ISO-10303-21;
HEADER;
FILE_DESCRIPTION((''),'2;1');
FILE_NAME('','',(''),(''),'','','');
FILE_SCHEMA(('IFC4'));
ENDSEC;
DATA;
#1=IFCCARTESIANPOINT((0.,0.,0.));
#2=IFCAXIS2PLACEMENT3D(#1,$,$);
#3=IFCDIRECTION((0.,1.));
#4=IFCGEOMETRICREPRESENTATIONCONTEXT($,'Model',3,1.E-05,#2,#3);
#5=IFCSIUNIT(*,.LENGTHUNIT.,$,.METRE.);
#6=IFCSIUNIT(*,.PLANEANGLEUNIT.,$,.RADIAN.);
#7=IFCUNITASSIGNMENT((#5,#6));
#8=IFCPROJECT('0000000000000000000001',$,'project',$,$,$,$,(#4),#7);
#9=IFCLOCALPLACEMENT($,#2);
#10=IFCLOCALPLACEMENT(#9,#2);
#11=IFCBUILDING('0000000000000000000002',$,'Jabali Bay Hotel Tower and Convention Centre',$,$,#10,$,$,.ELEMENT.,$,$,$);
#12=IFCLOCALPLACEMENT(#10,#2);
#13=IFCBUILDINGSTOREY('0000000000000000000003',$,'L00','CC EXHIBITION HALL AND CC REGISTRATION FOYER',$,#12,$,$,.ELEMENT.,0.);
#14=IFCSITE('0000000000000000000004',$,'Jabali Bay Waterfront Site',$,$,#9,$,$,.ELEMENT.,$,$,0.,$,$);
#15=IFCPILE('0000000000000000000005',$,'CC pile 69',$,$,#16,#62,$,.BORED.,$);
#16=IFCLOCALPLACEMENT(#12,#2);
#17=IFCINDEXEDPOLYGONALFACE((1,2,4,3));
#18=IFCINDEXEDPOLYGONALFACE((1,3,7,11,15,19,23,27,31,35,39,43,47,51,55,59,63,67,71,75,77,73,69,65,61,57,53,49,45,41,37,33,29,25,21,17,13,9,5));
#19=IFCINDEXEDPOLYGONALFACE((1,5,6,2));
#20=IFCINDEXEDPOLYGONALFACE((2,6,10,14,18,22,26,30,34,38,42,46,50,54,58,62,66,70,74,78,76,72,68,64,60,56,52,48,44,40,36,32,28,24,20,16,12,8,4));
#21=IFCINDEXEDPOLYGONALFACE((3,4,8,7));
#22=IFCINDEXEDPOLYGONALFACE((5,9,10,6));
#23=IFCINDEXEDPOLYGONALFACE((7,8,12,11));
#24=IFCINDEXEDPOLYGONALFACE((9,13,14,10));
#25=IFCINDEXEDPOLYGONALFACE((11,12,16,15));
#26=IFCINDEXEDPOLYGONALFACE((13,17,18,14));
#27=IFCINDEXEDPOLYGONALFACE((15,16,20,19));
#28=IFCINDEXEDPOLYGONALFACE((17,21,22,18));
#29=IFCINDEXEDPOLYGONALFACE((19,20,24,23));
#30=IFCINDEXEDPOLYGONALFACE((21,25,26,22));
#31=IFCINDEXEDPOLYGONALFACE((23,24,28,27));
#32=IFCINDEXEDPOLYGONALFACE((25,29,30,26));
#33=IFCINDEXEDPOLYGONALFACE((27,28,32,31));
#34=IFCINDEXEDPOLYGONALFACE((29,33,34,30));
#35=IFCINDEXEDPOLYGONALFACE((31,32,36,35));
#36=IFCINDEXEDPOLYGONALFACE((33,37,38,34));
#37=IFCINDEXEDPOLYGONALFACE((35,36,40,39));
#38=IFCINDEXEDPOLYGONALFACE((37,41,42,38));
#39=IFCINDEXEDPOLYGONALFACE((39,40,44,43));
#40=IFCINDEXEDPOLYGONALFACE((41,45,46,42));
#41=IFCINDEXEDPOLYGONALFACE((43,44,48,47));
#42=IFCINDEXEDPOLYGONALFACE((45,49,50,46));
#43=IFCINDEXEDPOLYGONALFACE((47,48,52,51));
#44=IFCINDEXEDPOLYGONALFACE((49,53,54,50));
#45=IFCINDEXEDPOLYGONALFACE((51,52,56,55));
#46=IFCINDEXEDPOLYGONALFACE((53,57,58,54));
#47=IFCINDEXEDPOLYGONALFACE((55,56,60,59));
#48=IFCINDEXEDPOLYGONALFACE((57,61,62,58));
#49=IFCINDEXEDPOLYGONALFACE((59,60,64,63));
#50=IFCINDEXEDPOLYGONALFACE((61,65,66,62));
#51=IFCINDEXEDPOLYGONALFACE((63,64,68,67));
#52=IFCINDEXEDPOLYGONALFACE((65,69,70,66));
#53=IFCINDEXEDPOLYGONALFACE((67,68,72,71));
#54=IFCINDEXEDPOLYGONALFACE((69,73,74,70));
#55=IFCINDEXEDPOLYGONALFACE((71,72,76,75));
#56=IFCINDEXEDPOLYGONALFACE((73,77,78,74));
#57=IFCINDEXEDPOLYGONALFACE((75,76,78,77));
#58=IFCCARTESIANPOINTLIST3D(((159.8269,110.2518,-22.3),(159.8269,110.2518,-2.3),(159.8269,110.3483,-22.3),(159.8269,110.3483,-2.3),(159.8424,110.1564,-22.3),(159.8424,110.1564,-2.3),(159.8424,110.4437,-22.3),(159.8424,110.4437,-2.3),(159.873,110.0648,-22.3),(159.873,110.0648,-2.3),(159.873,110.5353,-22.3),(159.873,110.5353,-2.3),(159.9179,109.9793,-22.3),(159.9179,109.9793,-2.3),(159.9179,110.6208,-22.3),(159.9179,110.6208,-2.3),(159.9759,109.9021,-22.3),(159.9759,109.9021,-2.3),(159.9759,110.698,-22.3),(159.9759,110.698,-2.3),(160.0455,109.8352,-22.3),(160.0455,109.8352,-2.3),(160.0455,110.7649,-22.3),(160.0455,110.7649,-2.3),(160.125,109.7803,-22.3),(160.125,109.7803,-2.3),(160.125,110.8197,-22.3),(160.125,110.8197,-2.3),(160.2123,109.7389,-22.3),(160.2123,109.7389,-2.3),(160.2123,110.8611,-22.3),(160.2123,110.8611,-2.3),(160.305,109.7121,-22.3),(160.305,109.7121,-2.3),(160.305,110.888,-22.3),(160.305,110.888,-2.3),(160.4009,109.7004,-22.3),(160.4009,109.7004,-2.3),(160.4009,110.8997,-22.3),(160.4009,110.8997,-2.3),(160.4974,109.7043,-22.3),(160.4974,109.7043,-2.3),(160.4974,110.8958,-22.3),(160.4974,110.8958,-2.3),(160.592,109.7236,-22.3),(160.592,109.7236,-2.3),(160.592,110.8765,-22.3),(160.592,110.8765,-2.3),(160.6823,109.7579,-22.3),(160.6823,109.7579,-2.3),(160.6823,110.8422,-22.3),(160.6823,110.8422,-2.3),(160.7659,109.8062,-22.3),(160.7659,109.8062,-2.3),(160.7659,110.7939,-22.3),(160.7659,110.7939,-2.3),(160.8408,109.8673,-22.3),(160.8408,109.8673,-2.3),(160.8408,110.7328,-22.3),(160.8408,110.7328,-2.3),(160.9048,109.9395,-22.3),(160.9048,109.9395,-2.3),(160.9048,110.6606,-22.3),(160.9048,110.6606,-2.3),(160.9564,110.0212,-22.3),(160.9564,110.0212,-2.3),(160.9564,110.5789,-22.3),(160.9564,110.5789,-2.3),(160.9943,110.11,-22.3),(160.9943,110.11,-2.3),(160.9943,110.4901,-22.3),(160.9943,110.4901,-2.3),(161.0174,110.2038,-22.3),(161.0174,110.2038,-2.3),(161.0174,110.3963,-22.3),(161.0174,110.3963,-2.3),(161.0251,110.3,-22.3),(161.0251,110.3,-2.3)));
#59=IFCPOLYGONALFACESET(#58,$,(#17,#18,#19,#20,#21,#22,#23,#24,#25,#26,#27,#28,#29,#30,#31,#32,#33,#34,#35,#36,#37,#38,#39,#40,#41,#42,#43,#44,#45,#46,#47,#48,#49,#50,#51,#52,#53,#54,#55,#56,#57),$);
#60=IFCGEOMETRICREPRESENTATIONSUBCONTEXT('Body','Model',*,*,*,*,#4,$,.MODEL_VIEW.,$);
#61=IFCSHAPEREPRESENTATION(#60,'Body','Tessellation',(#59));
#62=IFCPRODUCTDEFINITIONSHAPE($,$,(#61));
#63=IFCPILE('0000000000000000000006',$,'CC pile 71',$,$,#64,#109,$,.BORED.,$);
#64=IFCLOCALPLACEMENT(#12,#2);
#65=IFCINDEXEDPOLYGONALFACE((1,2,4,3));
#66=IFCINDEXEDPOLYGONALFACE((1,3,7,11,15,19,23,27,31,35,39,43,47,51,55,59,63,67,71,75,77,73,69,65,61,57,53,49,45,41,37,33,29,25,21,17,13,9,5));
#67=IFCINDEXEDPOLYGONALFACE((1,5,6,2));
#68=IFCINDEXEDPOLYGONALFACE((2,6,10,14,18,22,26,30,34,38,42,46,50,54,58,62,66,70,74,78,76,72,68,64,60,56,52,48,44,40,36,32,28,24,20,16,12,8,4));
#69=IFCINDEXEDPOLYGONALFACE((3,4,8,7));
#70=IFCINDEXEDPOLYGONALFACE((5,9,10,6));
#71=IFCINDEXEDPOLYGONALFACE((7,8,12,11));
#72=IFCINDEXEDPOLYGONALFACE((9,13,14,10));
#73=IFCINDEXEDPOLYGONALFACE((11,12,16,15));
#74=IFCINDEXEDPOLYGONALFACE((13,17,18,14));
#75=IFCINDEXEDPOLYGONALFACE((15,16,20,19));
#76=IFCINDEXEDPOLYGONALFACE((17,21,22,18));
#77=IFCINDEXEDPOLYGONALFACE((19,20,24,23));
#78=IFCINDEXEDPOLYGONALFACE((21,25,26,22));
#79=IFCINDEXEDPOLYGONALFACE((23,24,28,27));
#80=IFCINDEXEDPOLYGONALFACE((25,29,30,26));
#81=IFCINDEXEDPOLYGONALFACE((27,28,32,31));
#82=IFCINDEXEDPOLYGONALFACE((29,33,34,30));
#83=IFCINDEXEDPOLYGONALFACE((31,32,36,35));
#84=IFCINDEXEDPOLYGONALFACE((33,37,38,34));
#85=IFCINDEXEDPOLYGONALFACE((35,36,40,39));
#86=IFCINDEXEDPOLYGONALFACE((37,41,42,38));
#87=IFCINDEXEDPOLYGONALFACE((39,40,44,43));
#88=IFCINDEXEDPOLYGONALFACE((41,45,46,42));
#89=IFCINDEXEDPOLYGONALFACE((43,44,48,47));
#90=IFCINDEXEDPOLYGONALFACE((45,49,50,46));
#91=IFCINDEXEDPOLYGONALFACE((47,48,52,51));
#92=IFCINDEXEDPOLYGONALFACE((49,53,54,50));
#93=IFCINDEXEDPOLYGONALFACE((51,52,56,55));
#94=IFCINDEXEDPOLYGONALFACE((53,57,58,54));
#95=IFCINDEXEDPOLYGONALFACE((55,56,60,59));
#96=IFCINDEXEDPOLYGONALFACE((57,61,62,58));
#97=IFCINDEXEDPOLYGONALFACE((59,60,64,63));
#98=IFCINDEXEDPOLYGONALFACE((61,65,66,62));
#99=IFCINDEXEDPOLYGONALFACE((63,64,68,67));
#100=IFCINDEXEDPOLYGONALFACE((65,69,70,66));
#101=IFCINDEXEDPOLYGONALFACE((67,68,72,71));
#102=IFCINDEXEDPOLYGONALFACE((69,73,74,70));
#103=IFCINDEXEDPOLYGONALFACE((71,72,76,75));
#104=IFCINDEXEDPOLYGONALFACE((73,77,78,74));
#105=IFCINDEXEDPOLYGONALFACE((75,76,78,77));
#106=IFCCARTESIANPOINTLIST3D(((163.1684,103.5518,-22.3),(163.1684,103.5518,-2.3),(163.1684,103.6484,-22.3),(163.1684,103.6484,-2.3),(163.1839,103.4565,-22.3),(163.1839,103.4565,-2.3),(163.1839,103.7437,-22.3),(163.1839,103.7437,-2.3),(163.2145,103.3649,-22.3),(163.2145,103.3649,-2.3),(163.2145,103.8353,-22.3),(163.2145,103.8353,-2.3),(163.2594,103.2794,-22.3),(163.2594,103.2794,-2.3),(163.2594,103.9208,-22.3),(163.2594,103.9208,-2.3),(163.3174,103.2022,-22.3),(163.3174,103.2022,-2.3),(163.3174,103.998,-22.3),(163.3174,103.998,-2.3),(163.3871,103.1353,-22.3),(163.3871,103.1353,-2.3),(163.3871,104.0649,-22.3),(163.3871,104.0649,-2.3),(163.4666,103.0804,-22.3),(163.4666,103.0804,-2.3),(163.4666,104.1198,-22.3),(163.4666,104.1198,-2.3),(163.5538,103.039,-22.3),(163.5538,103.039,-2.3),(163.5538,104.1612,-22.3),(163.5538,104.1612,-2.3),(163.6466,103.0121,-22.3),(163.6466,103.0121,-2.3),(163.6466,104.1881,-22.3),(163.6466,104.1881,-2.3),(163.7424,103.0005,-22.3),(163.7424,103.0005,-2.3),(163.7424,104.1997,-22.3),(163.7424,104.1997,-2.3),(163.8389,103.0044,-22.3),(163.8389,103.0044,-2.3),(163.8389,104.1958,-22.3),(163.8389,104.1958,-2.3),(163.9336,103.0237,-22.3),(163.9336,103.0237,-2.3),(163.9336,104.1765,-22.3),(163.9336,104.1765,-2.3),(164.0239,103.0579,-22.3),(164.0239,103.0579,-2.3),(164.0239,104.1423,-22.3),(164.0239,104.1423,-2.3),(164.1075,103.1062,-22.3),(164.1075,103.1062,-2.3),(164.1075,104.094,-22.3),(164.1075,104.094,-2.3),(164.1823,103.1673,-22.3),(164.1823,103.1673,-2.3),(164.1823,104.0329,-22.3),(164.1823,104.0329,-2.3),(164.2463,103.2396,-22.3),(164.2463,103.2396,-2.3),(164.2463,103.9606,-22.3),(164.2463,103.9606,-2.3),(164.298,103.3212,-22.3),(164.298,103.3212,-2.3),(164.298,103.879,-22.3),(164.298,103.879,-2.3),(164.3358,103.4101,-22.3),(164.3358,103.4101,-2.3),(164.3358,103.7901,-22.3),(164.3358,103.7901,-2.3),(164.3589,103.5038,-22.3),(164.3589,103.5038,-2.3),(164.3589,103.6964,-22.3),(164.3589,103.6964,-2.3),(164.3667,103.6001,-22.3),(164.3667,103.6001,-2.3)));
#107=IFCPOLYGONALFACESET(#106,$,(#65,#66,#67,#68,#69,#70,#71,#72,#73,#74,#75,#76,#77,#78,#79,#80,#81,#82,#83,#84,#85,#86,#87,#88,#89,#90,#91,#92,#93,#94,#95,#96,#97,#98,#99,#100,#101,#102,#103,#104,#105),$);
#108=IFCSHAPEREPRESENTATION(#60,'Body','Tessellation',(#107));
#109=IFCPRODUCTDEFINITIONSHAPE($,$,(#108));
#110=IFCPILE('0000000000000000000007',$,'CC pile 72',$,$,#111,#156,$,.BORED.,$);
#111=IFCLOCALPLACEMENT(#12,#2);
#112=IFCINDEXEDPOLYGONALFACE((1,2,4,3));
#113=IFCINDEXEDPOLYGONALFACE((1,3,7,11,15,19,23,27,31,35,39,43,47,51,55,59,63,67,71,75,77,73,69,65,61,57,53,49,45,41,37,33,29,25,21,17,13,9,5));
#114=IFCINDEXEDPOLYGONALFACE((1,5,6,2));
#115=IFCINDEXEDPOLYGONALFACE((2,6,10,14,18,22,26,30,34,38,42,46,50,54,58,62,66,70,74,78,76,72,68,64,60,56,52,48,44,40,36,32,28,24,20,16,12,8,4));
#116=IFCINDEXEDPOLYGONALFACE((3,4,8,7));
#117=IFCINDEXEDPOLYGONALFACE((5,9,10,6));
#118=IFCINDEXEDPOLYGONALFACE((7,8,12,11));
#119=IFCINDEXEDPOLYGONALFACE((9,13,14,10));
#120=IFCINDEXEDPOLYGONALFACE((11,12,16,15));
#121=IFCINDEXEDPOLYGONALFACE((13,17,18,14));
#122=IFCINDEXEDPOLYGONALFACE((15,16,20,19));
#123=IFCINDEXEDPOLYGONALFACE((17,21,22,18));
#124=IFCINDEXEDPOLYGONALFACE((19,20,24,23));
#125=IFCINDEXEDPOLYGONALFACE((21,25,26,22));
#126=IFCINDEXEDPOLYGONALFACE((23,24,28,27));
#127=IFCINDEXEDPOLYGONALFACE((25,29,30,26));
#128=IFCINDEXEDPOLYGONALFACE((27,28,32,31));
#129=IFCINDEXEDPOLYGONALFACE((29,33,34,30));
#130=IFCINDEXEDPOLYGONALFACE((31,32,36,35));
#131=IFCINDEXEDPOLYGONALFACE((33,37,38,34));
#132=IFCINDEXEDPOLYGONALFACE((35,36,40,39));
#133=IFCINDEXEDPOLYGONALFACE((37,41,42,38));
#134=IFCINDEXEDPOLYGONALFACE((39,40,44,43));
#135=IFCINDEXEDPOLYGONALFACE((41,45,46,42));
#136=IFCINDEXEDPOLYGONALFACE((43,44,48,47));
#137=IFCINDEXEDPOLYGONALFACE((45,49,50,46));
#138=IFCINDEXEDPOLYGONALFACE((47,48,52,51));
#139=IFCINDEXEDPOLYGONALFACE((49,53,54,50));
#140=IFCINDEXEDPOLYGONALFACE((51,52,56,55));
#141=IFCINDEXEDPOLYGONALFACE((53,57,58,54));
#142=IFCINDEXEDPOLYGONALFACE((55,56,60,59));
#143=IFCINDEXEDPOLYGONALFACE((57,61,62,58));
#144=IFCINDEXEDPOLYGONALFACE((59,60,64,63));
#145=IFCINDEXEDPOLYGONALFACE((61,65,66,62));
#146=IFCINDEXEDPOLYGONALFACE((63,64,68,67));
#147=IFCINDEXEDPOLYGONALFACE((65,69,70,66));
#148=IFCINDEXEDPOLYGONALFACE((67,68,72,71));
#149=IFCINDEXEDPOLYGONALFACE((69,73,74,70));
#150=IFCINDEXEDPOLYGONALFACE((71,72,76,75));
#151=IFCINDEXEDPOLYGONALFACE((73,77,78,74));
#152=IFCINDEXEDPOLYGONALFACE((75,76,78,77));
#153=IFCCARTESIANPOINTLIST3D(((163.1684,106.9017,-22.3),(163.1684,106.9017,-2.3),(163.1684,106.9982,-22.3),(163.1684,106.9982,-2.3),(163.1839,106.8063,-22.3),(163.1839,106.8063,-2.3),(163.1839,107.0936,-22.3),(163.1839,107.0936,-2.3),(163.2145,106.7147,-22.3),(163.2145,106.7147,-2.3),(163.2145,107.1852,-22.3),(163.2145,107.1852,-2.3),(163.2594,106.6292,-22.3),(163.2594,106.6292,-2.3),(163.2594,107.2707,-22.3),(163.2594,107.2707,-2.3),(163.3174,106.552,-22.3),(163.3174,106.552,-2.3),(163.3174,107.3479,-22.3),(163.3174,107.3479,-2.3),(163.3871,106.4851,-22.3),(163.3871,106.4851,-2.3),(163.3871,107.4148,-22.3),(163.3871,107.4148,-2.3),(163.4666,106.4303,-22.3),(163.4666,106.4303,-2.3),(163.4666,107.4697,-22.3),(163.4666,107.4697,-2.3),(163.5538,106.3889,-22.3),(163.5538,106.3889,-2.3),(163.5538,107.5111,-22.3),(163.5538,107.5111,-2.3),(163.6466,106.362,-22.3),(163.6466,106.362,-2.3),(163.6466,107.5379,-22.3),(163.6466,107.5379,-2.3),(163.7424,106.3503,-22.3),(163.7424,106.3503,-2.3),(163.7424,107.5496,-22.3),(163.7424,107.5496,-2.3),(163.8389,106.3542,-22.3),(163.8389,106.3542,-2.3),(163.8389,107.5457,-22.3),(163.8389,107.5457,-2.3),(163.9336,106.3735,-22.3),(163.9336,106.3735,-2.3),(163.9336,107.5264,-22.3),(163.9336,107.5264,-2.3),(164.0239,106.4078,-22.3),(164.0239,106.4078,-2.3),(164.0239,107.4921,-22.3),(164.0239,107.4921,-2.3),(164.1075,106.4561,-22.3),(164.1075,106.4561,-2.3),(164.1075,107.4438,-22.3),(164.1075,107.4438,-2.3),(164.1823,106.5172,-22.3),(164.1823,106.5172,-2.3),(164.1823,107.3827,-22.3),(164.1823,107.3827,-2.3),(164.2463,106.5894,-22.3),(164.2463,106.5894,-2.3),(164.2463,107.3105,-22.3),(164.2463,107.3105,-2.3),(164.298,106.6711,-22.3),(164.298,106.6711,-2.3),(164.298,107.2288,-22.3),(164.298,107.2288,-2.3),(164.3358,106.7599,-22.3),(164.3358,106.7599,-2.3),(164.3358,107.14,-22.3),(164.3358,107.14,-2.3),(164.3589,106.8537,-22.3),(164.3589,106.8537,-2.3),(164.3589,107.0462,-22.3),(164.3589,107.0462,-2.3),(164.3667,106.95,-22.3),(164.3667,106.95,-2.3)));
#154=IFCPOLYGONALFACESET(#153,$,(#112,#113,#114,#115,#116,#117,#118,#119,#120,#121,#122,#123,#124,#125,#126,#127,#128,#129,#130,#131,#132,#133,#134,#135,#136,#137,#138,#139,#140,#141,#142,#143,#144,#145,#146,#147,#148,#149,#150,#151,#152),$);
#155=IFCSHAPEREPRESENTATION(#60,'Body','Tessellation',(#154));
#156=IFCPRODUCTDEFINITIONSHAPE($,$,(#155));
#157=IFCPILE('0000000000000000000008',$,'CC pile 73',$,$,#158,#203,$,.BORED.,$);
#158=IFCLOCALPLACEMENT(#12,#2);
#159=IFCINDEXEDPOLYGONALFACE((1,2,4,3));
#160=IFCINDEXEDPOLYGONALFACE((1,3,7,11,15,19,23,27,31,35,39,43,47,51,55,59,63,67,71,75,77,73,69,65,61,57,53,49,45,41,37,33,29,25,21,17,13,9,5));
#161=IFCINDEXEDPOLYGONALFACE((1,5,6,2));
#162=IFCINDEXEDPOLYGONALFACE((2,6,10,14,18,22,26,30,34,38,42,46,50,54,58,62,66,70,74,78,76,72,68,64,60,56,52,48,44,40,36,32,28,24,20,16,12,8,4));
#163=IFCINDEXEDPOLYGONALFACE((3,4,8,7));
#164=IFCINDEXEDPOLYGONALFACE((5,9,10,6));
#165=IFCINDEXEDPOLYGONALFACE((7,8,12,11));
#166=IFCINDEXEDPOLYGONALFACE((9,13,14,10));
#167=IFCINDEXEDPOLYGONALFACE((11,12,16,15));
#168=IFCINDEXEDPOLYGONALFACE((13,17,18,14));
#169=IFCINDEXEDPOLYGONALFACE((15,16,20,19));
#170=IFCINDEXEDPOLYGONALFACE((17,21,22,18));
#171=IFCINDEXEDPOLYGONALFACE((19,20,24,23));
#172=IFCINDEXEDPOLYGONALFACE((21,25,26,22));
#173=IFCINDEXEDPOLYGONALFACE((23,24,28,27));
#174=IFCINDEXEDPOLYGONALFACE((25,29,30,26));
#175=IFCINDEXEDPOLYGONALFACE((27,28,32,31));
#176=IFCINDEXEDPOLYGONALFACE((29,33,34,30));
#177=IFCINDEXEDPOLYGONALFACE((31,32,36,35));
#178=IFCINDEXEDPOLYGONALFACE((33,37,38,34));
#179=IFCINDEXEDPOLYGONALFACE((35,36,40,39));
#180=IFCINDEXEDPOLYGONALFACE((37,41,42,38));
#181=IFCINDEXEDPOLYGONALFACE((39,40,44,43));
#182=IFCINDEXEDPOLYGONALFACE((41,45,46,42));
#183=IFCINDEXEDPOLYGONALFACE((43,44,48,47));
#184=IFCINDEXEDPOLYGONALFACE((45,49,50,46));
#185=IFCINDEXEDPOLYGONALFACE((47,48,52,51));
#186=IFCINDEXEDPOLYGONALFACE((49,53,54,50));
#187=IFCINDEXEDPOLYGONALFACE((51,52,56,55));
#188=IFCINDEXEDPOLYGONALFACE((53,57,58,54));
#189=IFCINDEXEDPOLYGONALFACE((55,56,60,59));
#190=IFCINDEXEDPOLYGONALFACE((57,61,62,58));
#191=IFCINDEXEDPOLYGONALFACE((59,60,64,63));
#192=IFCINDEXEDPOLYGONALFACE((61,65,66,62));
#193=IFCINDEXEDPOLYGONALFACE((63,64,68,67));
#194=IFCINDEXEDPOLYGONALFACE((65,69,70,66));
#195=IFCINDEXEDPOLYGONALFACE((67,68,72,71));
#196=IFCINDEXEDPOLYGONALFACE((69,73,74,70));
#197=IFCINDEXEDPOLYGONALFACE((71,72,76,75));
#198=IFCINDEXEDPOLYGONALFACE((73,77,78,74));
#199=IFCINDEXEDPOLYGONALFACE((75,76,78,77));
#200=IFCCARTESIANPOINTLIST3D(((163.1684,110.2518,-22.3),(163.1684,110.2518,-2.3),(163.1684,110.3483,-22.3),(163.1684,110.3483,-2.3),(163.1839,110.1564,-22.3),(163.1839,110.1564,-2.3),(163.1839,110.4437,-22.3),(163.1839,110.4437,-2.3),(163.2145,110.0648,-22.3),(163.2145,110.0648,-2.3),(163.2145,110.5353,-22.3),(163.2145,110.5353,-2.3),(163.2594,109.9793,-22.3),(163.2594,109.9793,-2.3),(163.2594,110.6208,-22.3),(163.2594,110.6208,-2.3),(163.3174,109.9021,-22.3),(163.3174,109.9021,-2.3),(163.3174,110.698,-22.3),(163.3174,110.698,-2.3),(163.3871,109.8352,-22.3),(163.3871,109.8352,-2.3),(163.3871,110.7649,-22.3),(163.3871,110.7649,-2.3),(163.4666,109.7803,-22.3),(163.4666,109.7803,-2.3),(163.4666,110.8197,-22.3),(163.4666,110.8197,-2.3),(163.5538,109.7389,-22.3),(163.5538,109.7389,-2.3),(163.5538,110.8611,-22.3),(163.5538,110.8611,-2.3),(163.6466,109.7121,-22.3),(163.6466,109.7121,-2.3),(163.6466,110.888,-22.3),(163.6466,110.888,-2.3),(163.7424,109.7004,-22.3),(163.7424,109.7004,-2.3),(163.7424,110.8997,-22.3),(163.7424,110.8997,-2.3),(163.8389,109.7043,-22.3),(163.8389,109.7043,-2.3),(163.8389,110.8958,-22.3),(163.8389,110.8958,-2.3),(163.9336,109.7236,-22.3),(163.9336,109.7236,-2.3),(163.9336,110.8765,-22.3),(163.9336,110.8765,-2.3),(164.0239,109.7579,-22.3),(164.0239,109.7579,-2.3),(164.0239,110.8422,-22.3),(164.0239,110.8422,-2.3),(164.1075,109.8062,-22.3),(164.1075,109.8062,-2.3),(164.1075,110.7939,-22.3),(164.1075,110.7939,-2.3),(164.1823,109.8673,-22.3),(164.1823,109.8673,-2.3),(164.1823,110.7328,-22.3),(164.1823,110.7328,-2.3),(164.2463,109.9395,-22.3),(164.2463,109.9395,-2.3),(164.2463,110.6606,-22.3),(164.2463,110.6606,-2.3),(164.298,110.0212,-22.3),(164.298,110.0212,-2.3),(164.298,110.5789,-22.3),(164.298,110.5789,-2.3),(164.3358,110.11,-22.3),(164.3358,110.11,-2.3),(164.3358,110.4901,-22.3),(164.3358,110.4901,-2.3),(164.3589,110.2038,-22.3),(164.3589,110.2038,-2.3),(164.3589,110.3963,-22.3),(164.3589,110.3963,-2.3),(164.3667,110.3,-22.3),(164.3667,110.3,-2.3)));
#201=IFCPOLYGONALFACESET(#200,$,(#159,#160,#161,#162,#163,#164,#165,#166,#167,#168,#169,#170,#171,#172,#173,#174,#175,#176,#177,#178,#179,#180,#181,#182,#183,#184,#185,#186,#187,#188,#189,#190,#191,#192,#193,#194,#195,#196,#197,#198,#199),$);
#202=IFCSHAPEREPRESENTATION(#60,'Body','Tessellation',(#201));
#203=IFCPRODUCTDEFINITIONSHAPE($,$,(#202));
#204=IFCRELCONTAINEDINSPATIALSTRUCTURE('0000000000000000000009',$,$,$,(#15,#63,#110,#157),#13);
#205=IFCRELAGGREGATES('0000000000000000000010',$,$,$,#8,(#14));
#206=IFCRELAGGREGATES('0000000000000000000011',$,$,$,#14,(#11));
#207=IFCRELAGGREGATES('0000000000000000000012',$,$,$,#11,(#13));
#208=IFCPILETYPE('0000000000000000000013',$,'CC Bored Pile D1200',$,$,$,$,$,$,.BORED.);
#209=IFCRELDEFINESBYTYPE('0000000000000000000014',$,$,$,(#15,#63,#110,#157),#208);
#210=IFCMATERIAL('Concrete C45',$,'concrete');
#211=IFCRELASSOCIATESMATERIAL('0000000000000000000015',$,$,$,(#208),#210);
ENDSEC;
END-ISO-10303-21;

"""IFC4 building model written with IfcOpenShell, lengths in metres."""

from ifc_helpers import new_model, si_unit, direction, frame, origin, origin_2d, place, context, subcontext, project, spatial, circle, extrude, material, material_profile, profile_set, type_object, element, save


model = new_model("IFC4")

# Units and contexts
model_context = context("Model", 3, precision=1e-05, world=origin(), true_north=direction((0.0, 1.0)))
body_context = subcontext(model_context, "Body", "Model", "MODEL_VIEW")
ifc_project = project(units=[si_unit("LENGTHUNIT", "METRE"), si_unit("PLANEANGLEUNIT", "RADIAN")], contexts=[model_context])

# Site, building, storey
site_placement = place(None, origin())
site = spatial("IfcSite", under=ifc_project, at=site_placement, Name="Jabali Bay Waterfront Site", CompositionType="ELEMENT", RefElevation=0.0)
building_placement = place(site_placement, origin())
building = spatial("IfcBuilding", under=site, at=building_placement, Name="Jabali Bay Hotel Tower and Convention Centre", CompositionType="ELEMENT")
storey_placement = place(building_placement, origin())
storey = spatial("IfcBuildingStorey", under=building, at=storey_placement, Name="L00", Description="CC EXHIBITION HALL AND CC REGISTRATION FOYER", CompositionType="ELEMENT", Elevation=0.0)

# Piles
ifc_material_1 = material(Name="Concrete C45", Category="concrete")
ifc_material_profile = material_profile(ifc_material_1, circle(Radius=0.6001, at=origin_2d()), Name="D1200")
ifc_profile_set = profile_set([ifc_material_profile], Name="Concrete C45")
pile_type = type_object("IfcPileType", Name="CC Bored Pile D1200", PredefinedType="BORED", material=ifc_profile_set)
for number, where, z_axis, x_axis, name in (
    (1, (160.425, 110.3, -2.3), (0.0, 0.0, -1.0), (1.0, 0.0, 0.0), "CC pile 69"),
    (2, (163.7666, 103.6001, -2.3), (0.0, 0.0, -1.0), (1.0, 0.0, 0.0), "CC pile 71"),
    (3, (163.7666, 106.95, -2.3), (0.0, 0.0, -1.0), (1.0, 0.0, 0.0), "CC pile 72"),
    (4, (163.7666, 110.3, -2.3), (0.0, 0.0, -1.0), (1.0, 0.0, 0.0), "CC pile 73"),
):
    element("IfcPile", number, at=place(storey_placement, frame(where, z_axis=z_axis, x_axis=x_axis)), inside=storey, type_object=pile_type, Name=name, PredefinedType="BORED", context=body_context, shape_type="SweptSolid", body=[
        extrude(circle(Radius=0.6001, at=origin_2d()), origin(), (0.0, 0.0, 1.0), 20.0),
    ])

save(model, "model.ifc")
